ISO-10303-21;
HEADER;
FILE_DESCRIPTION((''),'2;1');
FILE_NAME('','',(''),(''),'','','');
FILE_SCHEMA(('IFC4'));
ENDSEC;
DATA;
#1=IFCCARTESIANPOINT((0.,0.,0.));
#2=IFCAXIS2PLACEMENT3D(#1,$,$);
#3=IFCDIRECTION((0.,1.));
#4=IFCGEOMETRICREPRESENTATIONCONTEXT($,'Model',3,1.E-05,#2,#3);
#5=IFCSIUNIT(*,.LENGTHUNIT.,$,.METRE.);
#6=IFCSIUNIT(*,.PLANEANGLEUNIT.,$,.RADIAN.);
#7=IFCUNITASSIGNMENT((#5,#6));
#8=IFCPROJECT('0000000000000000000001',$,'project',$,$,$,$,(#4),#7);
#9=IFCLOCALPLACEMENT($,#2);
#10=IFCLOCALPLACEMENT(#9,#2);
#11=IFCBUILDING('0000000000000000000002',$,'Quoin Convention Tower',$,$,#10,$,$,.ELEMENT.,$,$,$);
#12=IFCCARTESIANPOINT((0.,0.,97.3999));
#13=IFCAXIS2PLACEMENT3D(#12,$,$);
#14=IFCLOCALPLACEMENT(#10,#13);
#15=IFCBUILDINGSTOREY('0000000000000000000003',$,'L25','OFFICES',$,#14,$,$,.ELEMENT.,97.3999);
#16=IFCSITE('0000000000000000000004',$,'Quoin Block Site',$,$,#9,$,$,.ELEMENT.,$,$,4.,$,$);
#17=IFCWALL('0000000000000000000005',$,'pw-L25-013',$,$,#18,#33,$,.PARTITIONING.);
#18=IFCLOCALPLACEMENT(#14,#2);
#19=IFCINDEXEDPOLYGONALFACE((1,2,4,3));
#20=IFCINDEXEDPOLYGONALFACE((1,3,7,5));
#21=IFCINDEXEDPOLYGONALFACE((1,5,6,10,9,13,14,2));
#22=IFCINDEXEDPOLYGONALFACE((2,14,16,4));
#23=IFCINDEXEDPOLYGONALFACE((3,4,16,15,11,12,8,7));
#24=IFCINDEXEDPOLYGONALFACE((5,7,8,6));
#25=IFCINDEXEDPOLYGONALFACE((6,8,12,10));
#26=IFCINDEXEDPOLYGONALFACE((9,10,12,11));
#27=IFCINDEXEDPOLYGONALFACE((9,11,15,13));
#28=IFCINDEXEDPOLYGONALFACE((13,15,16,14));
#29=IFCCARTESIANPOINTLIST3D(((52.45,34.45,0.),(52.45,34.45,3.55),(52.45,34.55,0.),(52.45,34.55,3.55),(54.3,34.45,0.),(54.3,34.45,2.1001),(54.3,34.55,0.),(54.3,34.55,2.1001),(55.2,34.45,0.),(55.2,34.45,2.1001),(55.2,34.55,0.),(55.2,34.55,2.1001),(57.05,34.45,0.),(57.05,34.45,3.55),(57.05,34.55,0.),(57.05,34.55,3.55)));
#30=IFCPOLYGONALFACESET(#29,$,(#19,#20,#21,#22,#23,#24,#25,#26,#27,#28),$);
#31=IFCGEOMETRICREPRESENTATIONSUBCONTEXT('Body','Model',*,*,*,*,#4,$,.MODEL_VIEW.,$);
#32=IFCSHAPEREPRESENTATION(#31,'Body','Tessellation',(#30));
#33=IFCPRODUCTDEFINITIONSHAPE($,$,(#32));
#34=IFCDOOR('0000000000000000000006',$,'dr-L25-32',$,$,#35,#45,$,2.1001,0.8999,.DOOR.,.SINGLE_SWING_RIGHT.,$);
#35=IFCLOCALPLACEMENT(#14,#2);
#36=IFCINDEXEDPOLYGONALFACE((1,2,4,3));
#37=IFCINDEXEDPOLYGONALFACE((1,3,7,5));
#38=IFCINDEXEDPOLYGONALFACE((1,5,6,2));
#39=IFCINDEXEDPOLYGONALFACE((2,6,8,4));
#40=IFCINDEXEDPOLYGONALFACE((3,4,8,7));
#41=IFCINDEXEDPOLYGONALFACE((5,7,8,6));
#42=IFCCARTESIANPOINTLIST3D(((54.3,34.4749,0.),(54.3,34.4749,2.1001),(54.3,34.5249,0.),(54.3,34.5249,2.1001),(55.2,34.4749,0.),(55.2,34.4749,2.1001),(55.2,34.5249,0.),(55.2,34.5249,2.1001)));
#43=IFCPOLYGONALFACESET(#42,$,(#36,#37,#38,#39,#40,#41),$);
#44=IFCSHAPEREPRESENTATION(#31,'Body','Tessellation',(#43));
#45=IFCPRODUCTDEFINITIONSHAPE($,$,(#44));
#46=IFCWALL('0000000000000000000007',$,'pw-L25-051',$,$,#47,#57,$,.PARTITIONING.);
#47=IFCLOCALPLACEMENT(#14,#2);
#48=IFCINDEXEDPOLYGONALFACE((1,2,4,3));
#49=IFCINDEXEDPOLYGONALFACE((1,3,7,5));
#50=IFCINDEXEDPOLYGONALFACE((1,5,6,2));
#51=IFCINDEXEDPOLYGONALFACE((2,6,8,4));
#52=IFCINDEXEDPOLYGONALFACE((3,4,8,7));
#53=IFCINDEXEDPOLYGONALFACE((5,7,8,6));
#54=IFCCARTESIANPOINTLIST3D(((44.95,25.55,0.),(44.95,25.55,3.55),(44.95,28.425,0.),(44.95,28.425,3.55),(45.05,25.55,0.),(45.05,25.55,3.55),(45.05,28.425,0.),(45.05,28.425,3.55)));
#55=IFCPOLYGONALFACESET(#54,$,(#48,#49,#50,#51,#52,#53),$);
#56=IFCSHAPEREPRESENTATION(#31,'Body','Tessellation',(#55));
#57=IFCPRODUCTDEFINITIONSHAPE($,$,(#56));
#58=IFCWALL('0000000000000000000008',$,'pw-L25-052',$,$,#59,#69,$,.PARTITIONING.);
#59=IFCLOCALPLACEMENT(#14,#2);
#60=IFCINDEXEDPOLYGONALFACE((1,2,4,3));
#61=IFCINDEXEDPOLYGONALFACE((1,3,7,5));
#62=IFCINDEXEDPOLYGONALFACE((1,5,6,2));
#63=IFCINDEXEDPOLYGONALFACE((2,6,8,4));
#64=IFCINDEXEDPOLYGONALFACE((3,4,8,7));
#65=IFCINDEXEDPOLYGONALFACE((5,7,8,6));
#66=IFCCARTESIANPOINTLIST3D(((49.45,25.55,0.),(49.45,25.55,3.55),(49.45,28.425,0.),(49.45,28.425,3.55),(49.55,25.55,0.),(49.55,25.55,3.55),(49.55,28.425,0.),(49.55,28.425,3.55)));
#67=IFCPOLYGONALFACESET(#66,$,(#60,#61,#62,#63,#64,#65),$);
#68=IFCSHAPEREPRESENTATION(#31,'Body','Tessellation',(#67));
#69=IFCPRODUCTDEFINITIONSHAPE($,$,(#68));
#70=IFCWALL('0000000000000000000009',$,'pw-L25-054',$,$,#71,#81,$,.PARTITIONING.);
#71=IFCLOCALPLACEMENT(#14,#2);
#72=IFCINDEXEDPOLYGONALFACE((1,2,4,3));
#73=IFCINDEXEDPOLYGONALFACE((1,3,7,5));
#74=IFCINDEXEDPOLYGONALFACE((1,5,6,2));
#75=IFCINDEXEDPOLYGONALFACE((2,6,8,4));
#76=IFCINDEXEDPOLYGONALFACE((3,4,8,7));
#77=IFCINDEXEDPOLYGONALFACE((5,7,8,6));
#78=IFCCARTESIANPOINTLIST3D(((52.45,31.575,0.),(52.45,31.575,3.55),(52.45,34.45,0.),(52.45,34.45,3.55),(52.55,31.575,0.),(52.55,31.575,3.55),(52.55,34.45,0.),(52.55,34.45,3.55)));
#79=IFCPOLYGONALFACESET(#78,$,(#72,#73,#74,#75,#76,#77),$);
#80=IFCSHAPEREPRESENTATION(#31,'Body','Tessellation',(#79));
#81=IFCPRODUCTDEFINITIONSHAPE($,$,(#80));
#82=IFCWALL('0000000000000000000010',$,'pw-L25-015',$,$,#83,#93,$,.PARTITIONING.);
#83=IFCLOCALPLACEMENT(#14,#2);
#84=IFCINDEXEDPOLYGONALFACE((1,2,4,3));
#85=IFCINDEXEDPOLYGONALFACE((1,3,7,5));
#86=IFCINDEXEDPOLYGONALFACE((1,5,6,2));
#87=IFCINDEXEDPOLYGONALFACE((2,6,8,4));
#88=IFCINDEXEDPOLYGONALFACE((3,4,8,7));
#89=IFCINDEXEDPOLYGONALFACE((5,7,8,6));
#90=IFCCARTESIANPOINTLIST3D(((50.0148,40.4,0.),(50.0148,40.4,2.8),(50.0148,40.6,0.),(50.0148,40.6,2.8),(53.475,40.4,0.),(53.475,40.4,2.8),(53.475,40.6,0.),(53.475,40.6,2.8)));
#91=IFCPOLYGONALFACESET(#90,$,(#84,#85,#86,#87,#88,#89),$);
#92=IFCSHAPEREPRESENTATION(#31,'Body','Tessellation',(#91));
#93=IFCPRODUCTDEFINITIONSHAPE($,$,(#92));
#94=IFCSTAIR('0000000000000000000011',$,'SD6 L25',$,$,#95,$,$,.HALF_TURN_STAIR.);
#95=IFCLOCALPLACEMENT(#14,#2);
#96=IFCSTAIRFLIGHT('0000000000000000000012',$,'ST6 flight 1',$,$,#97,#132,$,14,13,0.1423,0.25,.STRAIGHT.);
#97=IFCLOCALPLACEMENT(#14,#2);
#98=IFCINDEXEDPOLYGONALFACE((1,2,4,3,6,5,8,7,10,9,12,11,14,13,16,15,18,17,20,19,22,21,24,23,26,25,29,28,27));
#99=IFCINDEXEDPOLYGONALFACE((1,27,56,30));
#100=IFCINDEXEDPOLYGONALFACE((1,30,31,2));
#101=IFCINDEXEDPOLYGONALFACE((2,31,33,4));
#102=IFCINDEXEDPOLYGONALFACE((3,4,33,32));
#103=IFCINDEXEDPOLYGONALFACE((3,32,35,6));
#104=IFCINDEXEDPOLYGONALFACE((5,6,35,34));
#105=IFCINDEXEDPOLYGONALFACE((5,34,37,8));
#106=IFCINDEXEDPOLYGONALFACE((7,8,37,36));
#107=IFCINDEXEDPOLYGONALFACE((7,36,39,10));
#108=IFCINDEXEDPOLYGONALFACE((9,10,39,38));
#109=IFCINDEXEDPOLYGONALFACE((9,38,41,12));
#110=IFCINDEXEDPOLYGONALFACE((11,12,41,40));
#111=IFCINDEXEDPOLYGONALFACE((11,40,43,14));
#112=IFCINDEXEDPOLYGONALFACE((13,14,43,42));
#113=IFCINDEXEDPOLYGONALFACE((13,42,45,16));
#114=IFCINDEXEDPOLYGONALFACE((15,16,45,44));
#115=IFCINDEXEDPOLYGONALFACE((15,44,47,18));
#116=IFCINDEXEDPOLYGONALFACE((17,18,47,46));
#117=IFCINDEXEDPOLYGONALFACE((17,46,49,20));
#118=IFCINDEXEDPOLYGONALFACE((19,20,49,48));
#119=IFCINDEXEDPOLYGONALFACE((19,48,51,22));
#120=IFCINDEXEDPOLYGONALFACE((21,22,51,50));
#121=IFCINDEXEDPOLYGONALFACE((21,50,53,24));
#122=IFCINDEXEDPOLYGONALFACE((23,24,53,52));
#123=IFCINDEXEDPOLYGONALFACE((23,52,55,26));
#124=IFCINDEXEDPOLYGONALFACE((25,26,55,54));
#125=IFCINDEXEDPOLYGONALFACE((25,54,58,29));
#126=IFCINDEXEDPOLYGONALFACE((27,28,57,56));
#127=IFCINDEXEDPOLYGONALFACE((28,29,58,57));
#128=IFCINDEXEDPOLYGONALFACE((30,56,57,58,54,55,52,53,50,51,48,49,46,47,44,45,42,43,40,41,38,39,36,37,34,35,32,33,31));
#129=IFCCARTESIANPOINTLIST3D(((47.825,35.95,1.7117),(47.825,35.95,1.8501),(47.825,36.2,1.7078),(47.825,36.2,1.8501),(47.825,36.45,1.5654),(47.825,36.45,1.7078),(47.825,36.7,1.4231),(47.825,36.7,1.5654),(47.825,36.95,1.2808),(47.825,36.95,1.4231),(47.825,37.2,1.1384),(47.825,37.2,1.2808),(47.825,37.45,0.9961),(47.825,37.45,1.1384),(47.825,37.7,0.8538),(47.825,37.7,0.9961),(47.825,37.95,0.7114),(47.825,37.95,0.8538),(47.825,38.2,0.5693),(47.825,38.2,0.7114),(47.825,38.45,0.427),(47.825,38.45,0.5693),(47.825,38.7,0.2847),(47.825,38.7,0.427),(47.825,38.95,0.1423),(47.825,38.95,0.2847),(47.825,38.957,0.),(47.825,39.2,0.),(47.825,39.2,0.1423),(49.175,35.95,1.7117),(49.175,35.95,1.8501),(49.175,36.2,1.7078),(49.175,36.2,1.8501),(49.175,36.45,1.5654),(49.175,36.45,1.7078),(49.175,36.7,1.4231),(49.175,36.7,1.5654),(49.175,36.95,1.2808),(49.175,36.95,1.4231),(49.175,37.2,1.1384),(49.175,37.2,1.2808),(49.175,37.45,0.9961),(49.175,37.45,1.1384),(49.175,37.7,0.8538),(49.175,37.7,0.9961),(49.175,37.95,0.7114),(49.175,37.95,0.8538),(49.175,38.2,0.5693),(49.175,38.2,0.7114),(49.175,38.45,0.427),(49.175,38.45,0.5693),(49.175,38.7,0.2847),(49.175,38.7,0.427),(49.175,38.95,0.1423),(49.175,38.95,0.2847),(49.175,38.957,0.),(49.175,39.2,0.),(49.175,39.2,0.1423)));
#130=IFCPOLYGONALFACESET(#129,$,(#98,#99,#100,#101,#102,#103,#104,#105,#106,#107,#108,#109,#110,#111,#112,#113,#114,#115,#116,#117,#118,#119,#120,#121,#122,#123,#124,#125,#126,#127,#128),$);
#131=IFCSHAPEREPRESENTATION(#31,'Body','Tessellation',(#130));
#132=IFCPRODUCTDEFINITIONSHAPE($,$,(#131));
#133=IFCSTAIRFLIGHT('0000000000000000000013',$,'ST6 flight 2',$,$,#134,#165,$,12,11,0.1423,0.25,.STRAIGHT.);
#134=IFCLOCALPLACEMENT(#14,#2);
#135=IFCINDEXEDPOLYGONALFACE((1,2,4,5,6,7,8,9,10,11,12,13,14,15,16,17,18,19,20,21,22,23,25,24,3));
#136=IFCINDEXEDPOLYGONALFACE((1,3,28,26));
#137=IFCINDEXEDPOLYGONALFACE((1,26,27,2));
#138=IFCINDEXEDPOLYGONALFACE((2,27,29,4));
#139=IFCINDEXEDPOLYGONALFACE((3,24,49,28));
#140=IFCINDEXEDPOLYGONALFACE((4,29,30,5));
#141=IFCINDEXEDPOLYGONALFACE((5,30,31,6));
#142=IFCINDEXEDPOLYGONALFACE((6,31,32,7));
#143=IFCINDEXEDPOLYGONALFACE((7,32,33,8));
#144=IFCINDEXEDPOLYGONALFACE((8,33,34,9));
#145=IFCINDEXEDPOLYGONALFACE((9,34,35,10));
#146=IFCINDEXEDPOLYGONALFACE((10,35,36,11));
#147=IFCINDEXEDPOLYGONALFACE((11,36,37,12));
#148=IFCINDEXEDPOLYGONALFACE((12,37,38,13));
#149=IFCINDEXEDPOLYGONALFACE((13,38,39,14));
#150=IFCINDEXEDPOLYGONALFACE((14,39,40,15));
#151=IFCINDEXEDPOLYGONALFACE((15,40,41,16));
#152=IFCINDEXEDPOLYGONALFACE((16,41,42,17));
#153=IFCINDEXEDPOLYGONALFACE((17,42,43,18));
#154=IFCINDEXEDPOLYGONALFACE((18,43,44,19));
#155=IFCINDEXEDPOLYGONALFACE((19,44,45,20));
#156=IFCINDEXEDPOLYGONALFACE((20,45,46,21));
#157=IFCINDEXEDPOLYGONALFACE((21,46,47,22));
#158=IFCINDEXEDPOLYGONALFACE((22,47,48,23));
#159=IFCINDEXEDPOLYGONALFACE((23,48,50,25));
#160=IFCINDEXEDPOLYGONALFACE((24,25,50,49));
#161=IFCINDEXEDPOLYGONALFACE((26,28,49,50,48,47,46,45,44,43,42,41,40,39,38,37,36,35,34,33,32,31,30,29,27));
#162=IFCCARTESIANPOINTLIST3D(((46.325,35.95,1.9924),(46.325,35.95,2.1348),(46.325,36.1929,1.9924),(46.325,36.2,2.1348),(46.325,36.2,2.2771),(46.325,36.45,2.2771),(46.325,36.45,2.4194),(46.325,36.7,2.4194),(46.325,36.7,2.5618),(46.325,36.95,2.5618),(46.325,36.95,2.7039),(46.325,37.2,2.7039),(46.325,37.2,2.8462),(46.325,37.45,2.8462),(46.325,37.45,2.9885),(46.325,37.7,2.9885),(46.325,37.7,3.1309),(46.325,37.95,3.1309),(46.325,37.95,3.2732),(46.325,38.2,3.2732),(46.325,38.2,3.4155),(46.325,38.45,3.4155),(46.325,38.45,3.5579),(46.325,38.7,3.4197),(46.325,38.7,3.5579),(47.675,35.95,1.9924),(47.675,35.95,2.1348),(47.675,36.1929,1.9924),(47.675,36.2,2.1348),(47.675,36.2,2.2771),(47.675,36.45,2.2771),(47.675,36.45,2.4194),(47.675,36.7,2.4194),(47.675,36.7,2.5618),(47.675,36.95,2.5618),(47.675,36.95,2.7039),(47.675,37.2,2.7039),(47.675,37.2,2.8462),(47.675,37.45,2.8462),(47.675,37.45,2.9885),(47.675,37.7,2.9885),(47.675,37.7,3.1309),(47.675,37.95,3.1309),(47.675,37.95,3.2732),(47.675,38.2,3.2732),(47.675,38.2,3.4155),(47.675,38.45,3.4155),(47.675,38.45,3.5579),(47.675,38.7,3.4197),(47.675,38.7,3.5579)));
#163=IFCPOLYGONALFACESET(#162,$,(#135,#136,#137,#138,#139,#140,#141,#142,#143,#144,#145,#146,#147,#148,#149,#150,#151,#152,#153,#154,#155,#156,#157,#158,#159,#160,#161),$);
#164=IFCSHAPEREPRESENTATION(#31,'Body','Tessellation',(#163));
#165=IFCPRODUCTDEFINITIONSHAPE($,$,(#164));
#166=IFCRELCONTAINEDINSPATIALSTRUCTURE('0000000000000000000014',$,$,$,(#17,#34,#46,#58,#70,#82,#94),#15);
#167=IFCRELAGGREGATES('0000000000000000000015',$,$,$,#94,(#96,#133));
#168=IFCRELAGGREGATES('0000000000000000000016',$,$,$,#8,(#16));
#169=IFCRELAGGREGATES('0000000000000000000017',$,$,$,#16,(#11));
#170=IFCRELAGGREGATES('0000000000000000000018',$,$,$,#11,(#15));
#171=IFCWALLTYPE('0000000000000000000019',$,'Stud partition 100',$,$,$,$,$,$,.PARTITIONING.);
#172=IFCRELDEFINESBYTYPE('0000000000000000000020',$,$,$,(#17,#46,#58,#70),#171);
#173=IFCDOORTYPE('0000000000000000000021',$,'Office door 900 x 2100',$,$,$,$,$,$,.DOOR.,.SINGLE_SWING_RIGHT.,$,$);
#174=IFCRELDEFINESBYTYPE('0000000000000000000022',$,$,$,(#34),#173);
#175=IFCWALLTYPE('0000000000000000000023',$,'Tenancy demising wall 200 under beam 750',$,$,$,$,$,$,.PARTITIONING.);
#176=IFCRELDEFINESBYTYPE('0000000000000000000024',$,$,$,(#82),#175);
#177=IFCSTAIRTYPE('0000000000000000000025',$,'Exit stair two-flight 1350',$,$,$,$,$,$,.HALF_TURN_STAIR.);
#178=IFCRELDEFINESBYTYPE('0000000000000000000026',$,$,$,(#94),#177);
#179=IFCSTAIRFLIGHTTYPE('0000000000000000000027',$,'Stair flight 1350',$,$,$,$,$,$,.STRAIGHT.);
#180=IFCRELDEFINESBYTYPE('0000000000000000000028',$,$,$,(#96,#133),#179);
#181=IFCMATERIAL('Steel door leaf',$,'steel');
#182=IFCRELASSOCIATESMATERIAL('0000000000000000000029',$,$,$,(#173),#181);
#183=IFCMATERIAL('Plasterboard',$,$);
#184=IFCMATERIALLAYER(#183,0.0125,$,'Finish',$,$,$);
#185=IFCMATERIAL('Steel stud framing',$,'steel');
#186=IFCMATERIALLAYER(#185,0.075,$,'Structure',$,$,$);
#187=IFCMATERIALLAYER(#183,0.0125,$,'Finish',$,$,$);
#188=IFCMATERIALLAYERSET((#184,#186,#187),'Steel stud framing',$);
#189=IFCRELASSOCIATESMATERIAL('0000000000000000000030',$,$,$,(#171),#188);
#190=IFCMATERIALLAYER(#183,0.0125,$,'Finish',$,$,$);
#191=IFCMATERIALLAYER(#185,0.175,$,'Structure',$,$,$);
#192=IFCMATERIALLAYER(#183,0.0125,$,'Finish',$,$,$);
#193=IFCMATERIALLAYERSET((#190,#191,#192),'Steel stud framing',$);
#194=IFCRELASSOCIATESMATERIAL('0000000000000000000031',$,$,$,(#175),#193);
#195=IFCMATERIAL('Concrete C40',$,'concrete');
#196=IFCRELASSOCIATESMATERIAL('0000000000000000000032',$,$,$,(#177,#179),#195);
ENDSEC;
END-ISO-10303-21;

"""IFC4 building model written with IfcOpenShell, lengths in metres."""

from ifc_helpers import new_model, si_unit, direction, frame, frame_2d, origin, place, context, subcontext, project, spatial, polyline, rectangle, outline, extrude, material, layer, layer_set, type_object, element, fill, aggregate, save


model = new_model("IFC4")

# Units and contexts
model_context = context("Model", 3, precision=1e-05, world=origin(), true_north=direction((0.0, 1.0)))
body_context = subcontext(model_context, "Body", "Model", "MODEL_VIEW")
ifc_project = project(units=[si_unit("LENGTHUNIT", "METRE"), si_unit("PLANEANGLEUNIT", "RADIAN")], contexts=[model_context])

# Site, building, storey
site_placement = place(None, origin())
site = spatial("IfcSite", under=ifc_project, at=site_placement, Name="Quoin Block Site", CompositionType="ELEMENT", RefElevation=4.0)
building_placement = place(site_placement, origin())
building = spatial("IfcBuilding", under=site, at=building_placement, Name="Quoin Convention Tower", CompositionType="ELEMENT")
storey_placement = place(building_placement, frame((0.0, 0.0, 97.3999)))
storey = spatial("IfcBuildingStorey", under=building, at=storey_placement, Name="L25", Description="OFFICES", CompositionType="ELEMENT", Elevation=97.3999)

# Shared definitions
ifc_material_1 = material(Name="Plasterboard")
ifc_material_2 = material(Name="Steel stud framing", Category="steel")
ifc_material_3 = material(Name="Steel door leaf", Category="steel")
door_type_1 = type_object("IfcDoorType", Name="Office door 900 x 2100", OperationType="SINGLE_SWING_RIGHT", PredefinedType="DOOR", material=ifc_material_3)

# Wall, opening, door
ifc_layer_1 = layer(ifc_material_1, 0.0125, Name="Finish")
ifc_layer_2 = layer(ifc_material_2, 0.075, Name="Structure")
ifc_layer_3 = layer(ifc_material_1, 0.0125, Name="Finish")
ifc_layer_set_1 = layer_set([ifc_layer_1, ifc_layer_2, ifc_layer_3], Name="Steel stud framing")
wall_type_1 = type_object("IfcWallType", Name="Stud partition 100", PredefinedType="PARTITIONING", material=ifc_layer_set_1)
wall_1_placement = place(storey_placement, frame((52.45, 34.5, 0.0), z_axis=(0.0, 0.0, 1.0), x_axis=(1.0, 0.0, 0.0)))
wall_1 = element("IfcWall", 1, at=wall_1_placement, inside=storey, type_object=wall_type_1, Name="pw-L25-013", PredefinedType="PARTITIONING", context=body_context, shape_type="SweptSolid", body=[
    extrude(rectangle(XDim=4.6001, YDim=0.1001, at=frame_2d((2.3, 0.0))), origin(), (0.0, 0.0, 1.0), 3.55),
])
opening_1_placement = place(wall_1_placement, frame((1.8501, 0.0, 0.0)))
opening_1 = element("IfcOpeningElement", 2, at=opening_1_placement, cuts=wall_1, PredefinedType="OPENING", context=body_context, shape_type="SweptSolid", body=[
    extrude(rectangle(XDim=0.8999, YDim=2.1001, at=frame_2d((0.45, 1.05))), frame((0.0, 0.0601, 0.0), z_axis=(0.0, -1.0, 0.0), x_axis=(1.0, 0.0, 0.0)), (0.0, 0.0, 1.0), 0.1201),
])
door_1_placement = place(opening_1_placement, origin())
door_1 = element("IfcDoor", 3, at=door_1_placement, inside=storey, type_object=door_type_1, Name="dr-L25-32", OperationType="SINGLE_SWING_RIGHT", OverallHeight=2.1001, OverallWidth=0.8999, PredefinedType="DOOR", context=body_context, shape_type="SweptSolid", body=[
    extrude(rectangle(XDim=0.8999, YDim=2.1001, at=frame_2d((0.45, 1.05))), frame((0.0, 0.0249, 0.0), z_axis=(0.0, -1.0, 0.0), x_axis=(1.0, 0.0, 0.0)), (0.0, 0.0, 1.0), 0.05),
])
fill(opening_1, door_1)

# Walls
for number, where, z_axis, x_axis, name in (
    (4, (45.0, 25.55, 0.0), (0.0, 0.0, 1.0), (0.0, 1.0, 0.0), "pw-L25-051"),
    (5, (49.5, 25.55, 0.0), (0.0, 0.0, 1.0), (0.0, 1.0, 0.0), "pw-L25-052"),
    (6, (52.5, 31.575, 0.0), (0.0, 0.0, 1.0), (0.0, 1.0, 0.0), "pw-L25-054"),
):
    element("IfcWall", number, at=place(storey_placement, frame(where, z_axis=z_axis, x_axis=x_axis)), inside=storey, type_object=wall_type_1, Name=name, PredefinedType="PARTITIONING", context=body_context, shape_type="SweptSolid", body=[
        extrude(rectangle(XDim=2.875, YDim=0.1001, at=frame_2d((1.4375, 0.0))), origin(), (0.0, 0.0, 1.0), 3.55),
    ])
ifc_layer_4 = layer(ifc_material_1, 0.0125, Name="Finish")
ifc_layer_5 = layer(ifc_material_2, 0.175, Name="Structure")
ifc_layer_6 = layer(ifc_material_1, 0.0125, Name="Finish")
ifc_layer_set_2 = layer_set([ifc_layer_4, ifc_layer_5, ifc_layer_6], Name="Steel stud framing")
wall_type_2 = type_object("IfcWallType", Name="Tenancy demising wall 200 under beam 750", PredefinedType="PARTITIONING", material=ifc_layer_set_2)
wall_2_placement = place(storey_placement, frame((50.0149, 40.5, 0.0), z_axis=(0.0, 0.0, 1.0), x_axis=(1.0, 0.0, 0.0)))
element("IfcWall", 7, at=wall_2_placement, inside=storey, type_object=wall_type_2, Name="pw-L25-015", PredefinedType="PARTITIONING", context=body_context, shape_type="SweptSolid", body=[
    extrude(rectangle(XDim=3.4602, YDim=0.2, at=frame_2d((1.73, 0.0))), origin(), (0.0, 0.0, 1.0), 2.8),
])

# Stair, stair flights
ifc_material_4 = material(Name="Concrete C40", Category="concrete")
stair_type = type_object("IfcStairType", Name="Exit stair two-flight 1350", PredefinedType="HALF_TURN_STAIR", material=ifc_material_4)
stair_placement = place(storey_placement, origin())
stair = element("IfcStair", 8, at=stair_placement, inside=storey, type_object=stair_type, Name="SD6 L25", PredefinedType="HALF_TURN_STAIR")
stair_flight_type = type_object("IfcStairFlightType", Name="Stair flight 1350", PredefinedType="STRAIGHT", material=ifc_material_4)
stair_flight_1_placement = place(storey_placement, frame((48.5, 39.2, 0.0), z_axis=(0.0, 0.0, 1.0), x_axis=(0.0, -1.0, 0.0)))
stair_flight_1 = element("IfcStairFlight", 9, at=stair_flight_1_placement, type_object=stair_flight_type, Name="ST6 flight 1", NumberOfRisers=14, NumberOfTreads=13, PredefinedType="STRAIGHT", RiserHeight=0.1423, TreadLength=0.25, context=body_context, shape_type="SweptSolid", body=[
    extrude(outline(polyline([(0.0, 0.0), (0.0, 0.1423), (0.25, 0.1423), (0.25, 0.2847), (0.5, 0.2847), (0.5, 0.427), (0.75, 0.427), (0.75, 0.5693), (1.0, 0.5693), (1.0, 0.7114), (1.25, 0.7114), (1.25, 0.8538), (1.5, 0.8538), (1.5, 0.9961), (1.75, 0.9961), (1.75, 1.1384), (2.0, 1.1384), (2.0, 1.2808), (2.25, 1.2808), (2.25, 1.4231), (2.5, 1.4231), (2.5, 1.5654), (2.75, 1.5654), (2.75, 1.7078), (3.0, 1.7078), (3.0, 1.8501), (3.25, 1.8501), (3.25, 1.9922), (3.25, 1.7117), (0.2429, 0.0), (0.0, 0.0)])), frame((0.0, 0.675, 0.0), z_axis=(0.0, -1.0, 0.0), x_axis=(1.0, 0.0, 0.0)), (0.0, 0.0, 1.0), 1.3501),
])
stair_flight_2_placement = place(storey_placement, frame((47.0, 35.95, 1.9924), z_axis=(0.0, 0.0, 1.0), x_axis=(0.0, 1.0, 0.0)))
stair_flight_2 = element("IfcStairFlight", 10, at=stair_flight_2_placement, type_object=stair_flight_type, Name="ST6 flight 2", NumberOfRisers=12, NumberOfTreads=11, PredefinedType="STRAIGHT", RiserHeight=0.1423, TreadLength=0.25, context=body_context, shape_type="SweptSolid", body=[
    extrude(outline(polyline([(0.0, 0.0), (0.0, 0.1423), (0.25, 0.1423), (0.25, 0.2847), (0.5, 0.2847), (0.5, 0.427), (0.75, 0.427), (0.75, 0.5693), (1.0, 0.5693), (1.0, 0.7114), (1.25, 0.7114), (1.25, 0.8538), (1.5, 0.8538), (1.5, 0.9961), (1.75, 0.9961), (1.75, 1.1384), (2.0, 1.1384), (2.0, 1.2808), (2.25, 1.2808), (2.25, 1.4231), (2.5, 1.4231), (2.5, 1.5654), (2.75, 1.5654), (2.75, 1.7078), (2.75, 1.4272), (0.2429, 0.0), (0.0, 0.0)])), frame((0.0, 0.675, 0.0), z_axis=(0.0, -1.0, 0.0), x_axis=(1.0, 0.0, 0.0)), (0.0, 0.0, 1.0), 1.3501),
])
aggregate(stair, [stair_flight_1, stair_flight_2])

save(model, "model.ifc")
